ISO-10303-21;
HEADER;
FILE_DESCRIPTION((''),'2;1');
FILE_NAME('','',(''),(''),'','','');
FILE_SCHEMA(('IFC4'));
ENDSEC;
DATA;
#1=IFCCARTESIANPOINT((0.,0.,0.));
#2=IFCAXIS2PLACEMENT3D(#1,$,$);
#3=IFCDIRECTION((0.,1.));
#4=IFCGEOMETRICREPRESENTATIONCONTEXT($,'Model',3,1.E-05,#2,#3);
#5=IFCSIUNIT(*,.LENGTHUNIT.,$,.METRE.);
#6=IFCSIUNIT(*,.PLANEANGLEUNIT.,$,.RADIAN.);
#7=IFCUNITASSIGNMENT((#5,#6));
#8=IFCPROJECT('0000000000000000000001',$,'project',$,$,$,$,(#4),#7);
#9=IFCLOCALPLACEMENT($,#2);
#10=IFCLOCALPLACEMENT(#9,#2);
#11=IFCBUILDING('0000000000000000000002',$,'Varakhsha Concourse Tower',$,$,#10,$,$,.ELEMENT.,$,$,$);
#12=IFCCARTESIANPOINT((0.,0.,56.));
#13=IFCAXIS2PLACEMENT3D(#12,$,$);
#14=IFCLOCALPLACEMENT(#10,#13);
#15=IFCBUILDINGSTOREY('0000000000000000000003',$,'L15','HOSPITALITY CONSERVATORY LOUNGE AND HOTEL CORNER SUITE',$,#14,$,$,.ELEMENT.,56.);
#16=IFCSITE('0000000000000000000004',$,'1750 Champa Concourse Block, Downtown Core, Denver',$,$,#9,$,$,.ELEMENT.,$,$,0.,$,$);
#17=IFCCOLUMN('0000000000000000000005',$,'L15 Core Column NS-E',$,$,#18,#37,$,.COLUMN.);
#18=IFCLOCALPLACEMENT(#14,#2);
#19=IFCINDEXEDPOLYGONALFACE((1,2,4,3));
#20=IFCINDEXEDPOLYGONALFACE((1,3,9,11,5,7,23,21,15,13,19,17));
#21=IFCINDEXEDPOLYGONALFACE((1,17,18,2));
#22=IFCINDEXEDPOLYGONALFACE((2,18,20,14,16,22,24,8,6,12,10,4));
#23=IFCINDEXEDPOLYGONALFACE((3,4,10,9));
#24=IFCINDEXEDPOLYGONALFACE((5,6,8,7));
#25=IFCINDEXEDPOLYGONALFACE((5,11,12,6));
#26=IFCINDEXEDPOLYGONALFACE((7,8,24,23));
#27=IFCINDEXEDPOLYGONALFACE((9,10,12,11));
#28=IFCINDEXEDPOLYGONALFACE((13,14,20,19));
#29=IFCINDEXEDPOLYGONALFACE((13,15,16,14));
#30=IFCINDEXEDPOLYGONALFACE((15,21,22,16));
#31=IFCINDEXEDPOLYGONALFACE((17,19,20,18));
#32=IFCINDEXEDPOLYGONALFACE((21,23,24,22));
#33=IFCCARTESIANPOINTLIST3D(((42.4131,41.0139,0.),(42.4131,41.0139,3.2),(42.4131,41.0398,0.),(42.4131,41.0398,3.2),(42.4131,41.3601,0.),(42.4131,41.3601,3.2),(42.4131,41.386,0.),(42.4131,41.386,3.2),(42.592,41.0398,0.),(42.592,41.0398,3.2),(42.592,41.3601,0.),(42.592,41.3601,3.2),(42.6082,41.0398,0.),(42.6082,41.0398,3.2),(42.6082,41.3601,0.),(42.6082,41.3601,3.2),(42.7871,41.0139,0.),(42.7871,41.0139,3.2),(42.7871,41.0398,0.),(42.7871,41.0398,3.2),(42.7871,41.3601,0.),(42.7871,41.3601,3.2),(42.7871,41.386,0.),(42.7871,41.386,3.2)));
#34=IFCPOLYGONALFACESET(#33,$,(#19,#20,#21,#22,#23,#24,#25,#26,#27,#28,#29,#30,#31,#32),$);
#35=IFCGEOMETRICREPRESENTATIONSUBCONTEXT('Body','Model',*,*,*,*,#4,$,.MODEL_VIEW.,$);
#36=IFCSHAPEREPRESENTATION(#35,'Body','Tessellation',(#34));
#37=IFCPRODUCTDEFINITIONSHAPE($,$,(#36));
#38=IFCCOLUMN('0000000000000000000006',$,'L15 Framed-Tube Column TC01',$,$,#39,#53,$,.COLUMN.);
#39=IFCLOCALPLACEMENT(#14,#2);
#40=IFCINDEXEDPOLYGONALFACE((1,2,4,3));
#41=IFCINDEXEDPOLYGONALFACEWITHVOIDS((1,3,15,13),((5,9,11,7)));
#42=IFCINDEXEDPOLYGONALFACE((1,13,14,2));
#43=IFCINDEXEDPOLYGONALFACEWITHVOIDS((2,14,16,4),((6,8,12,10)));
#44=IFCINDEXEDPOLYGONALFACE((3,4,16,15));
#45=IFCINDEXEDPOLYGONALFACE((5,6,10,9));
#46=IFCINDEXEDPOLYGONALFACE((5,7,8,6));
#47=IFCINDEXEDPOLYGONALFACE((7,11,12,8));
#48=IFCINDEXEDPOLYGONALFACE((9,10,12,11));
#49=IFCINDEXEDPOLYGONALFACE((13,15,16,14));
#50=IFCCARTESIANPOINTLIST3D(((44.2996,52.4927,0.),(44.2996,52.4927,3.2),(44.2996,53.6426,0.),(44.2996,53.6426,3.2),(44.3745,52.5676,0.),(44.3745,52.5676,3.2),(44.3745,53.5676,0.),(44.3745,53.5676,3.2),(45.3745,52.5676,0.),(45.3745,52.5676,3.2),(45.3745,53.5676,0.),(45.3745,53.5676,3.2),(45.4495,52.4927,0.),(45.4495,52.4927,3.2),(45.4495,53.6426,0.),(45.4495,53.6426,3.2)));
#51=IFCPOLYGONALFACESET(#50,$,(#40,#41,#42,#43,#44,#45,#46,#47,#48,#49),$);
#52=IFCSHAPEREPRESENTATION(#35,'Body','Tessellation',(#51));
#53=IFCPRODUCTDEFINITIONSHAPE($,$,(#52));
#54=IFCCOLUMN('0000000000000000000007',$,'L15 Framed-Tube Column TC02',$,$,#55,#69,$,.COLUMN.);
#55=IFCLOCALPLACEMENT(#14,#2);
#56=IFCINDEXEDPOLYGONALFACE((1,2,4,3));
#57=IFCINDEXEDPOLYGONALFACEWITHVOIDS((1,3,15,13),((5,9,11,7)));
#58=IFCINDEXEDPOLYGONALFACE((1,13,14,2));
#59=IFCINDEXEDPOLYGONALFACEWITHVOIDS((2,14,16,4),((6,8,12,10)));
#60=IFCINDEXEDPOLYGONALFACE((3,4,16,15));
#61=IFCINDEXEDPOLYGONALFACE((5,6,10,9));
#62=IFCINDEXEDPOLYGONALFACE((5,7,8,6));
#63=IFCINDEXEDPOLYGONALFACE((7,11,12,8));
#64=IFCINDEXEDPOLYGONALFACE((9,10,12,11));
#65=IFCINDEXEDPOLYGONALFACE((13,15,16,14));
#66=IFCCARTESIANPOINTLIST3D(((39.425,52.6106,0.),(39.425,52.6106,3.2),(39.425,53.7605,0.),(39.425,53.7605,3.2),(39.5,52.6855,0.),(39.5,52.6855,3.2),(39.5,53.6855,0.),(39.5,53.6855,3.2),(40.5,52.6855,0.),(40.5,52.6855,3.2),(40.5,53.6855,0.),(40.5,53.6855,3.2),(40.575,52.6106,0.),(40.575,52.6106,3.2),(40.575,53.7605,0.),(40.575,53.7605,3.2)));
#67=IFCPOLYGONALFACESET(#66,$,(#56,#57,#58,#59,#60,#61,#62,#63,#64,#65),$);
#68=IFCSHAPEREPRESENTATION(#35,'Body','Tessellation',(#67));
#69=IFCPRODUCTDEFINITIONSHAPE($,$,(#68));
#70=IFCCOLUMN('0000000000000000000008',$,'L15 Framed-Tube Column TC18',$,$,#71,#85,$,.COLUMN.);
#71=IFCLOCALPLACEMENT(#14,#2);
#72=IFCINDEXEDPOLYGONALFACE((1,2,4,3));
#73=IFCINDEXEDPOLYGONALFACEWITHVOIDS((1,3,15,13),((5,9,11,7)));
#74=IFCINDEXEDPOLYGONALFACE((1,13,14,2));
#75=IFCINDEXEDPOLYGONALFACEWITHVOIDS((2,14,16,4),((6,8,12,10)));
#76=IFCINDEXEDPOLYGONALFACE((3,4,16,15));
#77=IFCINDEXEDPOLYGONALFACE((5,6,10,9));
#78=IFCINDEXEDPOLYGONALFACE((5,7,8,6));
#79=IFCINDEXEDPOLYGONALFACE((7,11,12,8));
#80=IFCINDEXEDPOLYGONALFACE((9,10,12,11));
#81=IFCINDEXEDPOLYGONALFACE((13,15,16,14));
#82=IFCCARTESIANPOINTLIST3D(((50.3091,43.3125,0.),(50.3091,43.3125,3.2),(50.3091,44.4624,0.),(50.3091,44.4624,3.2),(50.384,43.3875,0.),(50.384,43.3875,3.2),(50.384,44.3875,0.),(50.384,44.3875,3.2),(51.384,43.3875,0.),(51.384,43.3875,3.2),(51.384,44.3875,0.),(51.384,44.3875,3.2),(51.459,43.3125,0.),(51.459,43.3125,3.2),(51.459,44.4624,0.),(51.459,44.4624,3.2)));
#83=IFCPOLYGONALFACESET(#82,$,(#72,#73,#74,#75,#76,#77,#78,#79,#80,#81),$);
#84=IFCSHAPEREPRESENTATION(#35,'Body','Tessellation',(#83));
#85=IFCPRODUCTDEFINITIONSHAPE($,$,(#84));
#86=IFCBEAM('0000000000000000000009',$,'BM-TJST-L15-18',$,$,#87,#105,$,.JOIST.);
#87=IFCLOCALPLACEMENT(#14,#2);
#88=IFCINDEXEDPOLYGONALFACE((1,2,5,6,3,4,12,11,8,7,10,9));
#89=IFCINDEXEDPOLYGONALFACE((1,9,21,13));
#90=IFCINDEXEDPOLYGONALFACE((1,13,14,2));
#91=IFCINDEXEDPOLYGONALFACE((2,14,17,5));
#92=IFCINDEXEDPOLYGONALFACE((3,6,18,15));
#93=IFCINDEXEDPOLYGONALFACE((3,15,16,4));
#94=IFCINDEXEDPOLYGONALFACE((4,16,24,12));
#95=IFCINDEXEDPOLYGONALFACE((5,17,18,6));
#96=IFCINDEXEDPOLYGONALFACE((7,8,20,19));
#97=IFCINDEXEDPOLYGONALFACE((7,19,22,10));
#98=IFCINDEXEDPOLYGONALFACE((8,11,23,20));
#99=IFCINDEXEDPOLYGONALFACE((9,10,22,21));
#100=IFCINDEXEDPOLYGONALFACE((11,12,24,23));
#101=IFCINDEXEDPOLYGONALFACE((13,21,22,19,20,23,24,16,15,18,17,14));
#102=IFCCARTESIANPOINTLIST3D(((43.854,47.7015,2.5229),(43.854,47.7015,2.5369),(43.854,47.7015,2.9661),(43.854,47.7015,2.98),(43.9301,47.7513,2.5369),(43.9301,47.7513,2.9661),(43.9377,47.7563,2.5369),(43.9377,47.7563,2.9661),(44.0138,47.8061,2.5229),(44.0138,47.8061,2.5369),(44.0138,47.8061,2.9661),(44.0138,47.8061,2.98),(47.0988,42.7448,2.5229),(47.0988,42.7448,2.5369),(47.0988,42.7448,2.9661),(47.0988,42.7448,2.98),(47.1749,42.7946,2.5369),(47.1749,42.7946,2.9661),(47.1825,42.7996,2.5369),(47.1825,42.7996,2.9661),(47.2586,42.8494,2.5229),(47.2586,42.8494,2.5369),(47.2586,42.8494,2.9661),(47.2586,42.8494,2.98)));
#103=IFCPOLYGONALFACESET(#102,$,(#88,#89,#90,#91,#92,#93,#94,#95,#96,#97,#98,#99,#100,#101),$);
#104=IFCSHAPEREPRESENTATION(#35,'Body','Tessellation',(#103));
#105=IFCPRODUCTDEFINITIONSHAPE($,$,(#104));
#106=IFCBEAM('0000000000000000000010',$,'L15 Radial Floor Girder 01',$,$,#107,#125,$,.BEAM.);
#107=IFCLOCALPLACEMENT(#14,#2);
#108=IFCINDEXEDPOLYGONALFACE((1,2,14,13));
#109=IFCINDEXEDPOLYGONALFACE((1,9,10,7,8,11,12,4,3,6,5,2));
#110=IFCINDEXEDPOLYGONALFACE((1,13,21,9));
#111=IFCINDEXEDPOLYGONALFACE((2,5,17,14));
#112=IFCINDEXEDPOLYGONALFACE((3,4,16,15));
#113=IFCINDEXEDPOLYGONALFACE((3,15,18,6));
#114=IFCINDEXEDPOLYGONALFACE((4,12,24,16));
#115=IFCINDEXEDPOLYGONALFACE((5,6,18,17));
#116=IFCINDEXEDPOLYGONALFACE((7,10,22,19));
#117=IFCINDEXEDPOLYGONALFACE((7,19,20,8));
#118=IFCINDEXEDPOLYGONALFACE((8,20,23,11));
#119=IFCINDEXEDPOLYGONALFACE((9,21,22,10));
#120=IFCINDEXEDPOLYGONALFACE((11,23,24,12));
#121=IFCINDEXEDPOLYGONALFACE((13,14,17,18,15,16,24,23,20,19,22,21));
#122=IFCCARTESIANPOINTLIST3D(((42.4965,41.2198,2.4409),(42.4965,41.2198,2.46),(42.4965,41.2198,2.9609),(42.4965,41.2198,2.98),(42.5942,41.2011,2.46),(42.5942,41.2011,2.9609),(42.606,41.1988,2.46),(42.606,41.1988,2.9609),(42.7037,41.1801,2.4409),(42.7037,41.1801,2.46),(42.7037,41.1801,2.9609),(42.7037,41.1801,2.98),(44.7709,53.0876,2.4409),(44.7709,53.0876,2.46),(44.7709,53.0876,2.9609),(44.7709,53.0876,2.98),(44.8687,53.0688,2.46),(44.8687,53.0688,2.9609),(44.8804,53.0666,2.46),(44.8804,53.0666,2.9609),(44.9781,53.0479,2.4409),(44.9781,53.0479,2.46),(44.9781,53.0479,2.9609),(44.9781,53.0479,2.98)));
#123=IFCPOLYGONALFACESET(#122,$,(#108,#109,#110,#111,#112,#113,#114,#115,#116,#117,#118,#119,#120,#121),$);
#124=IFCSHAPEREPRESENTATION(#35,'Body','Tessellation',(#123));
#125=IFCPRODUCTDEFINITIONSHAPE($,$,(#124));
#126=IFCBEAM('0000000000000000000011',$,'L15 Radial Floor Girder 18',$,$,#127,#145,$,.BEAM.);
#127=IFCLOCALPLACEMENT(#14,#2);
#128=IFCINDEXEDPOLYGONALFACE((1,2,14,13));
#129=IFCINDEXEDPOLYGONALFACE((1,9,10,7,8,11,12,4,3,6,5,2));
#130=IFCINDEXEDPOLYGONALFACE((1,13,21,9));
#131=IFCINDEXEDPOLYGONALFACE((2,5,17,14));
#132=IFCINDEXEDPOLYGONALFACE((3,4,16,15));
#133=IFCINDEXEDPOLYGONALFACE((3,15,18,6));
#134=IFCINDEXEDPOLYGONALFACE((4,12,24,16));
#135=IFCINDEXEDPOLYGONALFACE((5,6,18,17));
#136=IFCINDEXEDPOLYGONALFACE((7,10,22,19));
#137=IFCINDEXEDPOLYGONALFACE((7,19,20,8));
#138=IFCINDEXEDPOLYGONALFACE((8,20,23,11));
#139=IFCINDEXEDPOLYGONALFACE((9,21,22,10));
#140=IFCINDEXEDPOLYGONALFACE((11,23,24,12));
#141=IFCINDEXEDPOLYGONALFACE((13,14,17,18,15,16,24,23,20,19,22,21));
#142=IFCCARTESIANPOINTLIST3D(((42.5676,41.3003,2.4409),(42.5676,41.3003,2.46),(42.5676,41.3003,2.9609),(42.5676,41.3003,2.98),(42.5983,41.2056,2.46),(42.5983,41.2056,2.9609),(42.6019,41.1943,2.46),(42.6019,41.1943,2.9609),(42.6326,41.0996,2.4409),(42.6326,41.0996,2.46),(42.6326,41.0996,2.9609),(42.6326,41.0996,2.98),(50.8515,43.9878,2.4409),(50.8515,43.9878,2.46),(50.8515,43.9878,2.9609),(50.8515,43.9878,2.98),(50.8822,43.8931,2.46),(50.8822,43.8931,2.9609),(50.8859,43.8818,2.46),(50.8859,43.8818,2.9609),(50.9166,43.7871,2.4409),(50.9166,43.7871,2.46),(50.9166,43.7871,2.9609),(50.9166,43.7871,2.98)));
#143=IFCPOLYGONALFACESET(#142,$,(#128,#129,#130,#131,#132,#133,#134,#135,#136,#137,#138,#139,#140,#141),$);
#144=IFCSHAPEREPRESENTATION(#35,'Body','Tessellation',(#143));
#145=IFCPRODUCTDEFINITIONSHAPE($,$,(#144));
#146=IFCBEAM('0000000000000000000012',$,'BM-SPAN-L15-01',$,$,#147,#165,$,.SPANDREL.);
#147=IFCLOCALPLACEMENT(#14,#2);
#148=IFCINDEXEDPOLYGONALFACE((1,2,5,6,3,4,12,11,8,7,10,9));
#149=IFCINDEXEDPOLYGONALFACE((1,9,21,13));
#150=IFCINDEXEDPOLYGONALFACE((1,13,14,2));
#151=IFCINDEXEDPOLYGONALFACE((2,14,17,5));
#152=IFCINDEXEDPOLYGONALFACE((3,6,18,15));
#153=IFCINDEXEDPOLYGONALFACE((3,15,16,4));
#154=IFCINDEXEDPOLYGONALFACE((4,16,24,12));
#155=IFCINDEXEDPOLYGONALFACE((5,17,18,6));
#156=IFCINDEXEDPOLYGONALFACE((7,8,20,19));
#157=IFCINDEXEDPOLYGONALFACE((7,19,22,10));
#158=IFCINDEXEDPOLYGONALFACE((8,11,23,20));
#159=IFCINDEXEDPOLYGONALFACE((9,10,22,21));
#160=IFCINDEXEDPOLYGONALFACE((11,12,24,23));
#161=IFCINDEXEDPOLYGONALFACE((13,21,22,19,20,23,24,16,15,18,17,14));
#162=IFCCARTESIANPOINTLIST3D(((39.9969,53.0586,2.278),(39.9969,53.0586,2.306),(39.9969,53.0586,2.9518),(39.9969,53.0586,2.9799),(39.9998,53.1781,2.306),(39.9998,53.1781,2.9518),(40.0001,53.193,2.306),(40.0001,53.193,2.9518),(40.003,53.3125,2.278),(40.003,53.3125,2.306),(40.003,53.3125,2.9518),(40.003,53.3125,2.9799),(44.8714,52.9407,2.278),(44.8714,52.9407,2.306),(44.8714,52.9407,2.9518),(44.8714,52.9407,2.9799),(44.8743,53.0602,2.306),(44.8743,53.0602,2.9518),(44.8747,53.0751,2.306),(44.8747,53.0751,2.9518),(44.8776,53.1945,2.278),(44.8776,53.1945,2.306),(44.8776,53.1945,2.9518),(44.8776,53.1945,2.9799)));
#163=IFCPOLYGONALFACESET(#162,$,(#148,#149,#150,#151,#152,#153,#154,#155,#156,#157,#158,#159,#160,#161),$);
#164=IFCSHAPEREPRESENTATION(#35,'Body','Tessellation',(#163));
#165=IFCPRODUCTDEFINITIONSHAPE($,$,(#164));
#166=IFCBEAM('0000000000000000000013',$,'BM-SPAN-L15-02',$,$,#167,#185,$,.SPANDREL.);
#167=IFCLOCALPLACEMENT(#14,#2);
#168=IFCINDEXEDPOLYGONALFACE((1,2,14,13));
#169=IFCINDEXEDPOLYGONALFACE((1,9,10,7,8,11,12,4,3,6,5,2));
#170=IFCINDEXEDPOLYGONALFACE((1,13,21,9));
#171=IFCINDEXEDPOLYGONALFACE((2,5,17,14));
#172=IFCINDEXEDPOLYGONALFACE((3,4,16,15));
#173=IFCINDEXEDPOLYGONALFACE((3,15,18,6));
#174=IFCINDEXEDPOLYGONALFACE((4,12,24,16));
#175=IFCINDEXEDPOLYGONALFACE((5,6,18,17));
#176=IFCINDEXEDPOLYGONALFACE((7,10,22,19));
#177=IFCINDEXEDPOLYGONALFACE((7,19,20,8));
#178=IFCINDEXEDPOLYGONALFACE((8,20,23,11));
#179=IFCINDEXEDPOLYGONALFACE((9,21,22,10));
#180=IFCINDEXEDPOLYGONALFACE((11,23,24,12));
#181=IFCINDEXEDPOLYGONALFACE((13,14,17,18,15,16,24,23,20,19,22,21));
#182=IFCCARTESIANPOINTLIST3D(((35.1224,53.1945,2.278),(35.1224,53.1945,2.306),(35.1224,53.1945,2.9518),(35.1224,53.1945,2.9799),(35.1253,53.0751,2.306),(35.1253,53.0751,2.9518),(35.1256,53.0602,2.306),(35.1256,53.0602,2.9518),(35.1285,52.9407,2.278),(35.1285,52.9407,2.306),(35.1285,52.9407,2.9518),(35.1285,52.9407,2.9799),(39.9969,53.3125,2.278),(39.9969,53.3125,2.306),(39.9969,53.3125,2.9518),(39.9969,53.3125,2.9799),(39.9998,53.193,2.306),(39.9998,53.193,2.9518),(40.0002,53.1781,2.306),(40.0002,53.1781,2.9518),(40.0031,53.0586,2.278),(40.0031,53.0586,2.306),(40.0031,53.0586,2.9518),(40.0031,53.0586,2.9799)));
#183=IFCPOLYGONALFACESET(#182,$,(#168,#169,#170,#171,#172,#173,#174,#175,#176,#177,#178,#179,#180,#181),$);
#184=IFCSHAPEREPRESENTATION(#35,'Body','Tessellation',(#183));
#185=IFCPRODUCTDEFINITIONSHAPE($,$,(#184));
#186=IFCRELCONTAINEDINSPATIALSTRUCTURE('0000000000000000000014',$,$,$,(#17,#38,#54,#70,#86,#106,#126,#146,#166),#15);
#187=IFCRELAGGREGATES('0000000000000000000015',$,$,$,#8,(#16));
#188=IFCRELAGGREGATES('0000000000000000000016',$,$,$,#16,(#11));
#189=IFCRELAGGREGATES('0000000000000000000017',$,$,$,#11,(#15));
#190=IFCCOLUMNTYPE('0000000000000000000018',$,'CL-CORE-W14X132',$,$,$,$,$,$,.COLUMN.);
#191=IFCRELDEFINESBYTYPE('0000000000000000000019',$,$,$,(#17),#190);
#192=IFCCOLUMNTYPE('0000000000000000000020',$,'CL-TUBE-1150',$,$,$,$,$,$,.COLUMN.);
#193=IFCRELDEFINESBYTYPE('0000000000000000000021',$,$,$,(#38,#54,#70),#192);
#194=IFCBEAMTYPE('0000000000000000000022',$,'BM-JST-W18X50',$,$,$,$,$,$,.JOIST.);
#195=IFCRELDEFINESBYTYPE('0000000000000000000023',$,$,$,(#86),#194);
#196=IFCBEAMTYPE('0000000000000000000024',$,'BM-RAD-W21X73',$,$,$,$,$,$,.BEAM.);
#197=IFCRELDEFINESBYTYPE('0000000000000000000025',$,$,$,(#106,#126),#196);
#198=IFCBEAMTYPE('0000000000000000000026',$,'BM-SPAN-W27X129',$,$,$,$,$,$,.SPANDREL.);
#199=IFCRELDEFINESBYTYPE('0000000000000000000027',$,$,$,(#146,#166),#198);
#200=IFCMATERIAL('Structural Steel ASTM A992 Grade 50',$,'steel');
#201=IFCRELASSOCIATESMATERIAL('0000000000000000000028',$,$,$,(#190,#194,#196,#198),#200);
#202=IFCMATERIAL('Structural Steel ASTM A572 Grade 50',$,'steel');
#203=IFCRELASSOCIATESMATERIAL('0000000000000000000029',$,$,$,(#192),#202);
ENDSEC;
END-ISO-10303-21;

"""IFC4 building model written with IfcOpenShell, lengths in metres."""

from ifc_helpers import new_model, si_unit, direction, frame, origin, origin_2d, place, context, subcontext, project, spatial, hollow_rectangle, i_section, extrude, material, material_profile, profile_set, type_object, element, save


model = new_model("IFC4")

# Units and contexts
model_context = context("Model", 3, precision=1e-05, world=origin(), true_north=direction((0.0, 1.0)))
body_context = subcontext(model_context, "Body", "Model", "MODEL_VIEW")
ifc_project = project(units=[si_unit("LENGTHUNIT", "METRE"), si_unit("PLANEANGLEUNIT", "RADIAN")], contexts=[model_context])

# Site, building, storey
site_placement = place(None, origin())
site = spatial("IfcSite", under=ifc_project, at=site_placement, Name="1750 Champa Concourse Block, Downtown Core, Denver", CompositionType="ELEMENT", RefElevation=0.0)
building_placement = place(site_placement, origin())
building = spatial("IfcBuilding", under=site, at=building_placement, Name="Varakhsha Concourse Tower", CompositionType="ELEMENT")
storey_placement = place(building_placement, frame((0.0, 0.0, 56.0)))
storey = spatial("IfcBuildingStorey", under=building, at=storey_placement, Name="L15", Description="HOSPITALITY CONSERVATORY LOUNGE AND HOTEL CORNER SUITE", CompositionType="ELEMENT", Elevation=56.0)

# Columns
ifc_material_1 = material(Name="Structural Steel ASTM A992 Grade 50", Category="steel")
ifc_material_profile_1 = material_profile(ifc_material_1, i_section(OverallWidth=0.374, OverallDepth=0.3721, WebThickness=0.0161, FlangeThickness=0.0259, at=origin_2d()), Name="W14X132")
ifc_profile_set_1 = profile_set([ifc_material_profile_1], Name="Structural Steel ASTM A992 Grade 50")
column_type_1 = type_object("IfcColumnType", Name="CL-CORE-W14X132", PredefinedType="COLUMN", material=ifc_profile_set_1)
column_placement = place(storey_placement, frame((42.6001, 41.2, 0.0), z_axis=(0.0, 0.0, 1.0), x_axis=(1.0, 0.0, 0.0)))
element("IfcColumn", 1, at=column_placement, inside=storey, type_object=column_type_1, Name="L15 Core Column NS-E", PredefinedType="COLUMN", context=body_context, shape_type="SweptSolid", body=[
    extrude(i_section(OverallWidth=0.374, OverallDepth=0.3721, WebThickness=0.0161, FlangeThickness=0.0259, at=origin_2d()), origin(), (0.0, 0.0, 1.0), 3.2),
])
ifc_material_2 = material(Name="Structural Steel ASTM A572 Grade 50", Category="steel")
ifc_material_profile_2 = material_profile(ifc_material_2, hollow_rectangle(XDim=1.1499, YDim=1.1499, WallThickness=0.075, at=origin_2d()), Name="BOX 1150x1150x75")
ifc_profile_set_2 = profile_set([ifc_material_profile_2], Name="Structural Steel ASTM A572 Grade 50")
column_type_2 = type_object("IfcColumnType", Name="CL-TUBE-1150", PredefinedType="COLUMN", material=ifc_profile_set_2)
for number, where, z_axis, x_axis, name in (
    (2, (44.8745, 53.0676, 0.0), (0.0, 0.0, 1.0), (1.0, 0.0, 0.0), "L15 Framed-Tube Column TC01"),
    (3, (40.0, 53.1855, 0.0), (0.0, 0.0, 1.0), (1.0, 0.0, 0.0), "L15 Framed-Tube Column TC02"),
    (4, (50.884, 43.8875, 0.0), (0.0, 0.0, 1.0), (1.0, 0.0, 0.0), "L15 Framed-Tube Column TC18"),
):
    element("IfcColumn", number, at=place(storey_placement, frame(where, z_axis=z_axis, x_axis=x_axis)), inside=storey, type_object=column_type_2, Name=name, PredefinedType="COLUMN", context=body_context, shape_type="SweptSolid", body=[
        extrude(hollow_rectangle(XDim=1.1499, YDim=1.1499, WallThickness=0.075, at=origin_2d()), origin(), (0.0, 0.0, 1.0), 3.2),
    ])

# Beams
ifc_material_profile_3 = material_profile(ifc_material_1, i_section(OverallWidth=0.1909, OverallDepth=0.457, WebThickness=0.009, FlangeThickness=0.0139, at=origin_2d()), Name="W18X50")
ifc_profile_set_3 = profile_set([ifc_material_profile_3], Name="Structural Steel ASTM A992 Grade 50")
beam_type_1 = type_object("IfcBeamType", Name="BM-JST-W18X50", PredefinedType="JOIST", material=ifc_profile_set_3)
beam_1_placement = place(storey_placement, frame((47.1787, 42.7971, 2.7515), z_axis=(-0.54771, 0.836668, 0.0), x_axis=(-0.836668, -0.54771, 0.0)))
element("IfcBeam", 5, at=beam_1_placement, inside=storey, type_object=beam_type_1, Name="BM-TJST-L15-18", PredefinedType="JOIST", context=body_context, shape_type="SweptSolid", body=[
    extrude(i_section(OverallWidth=0.1909, OverallDepth=0.457, WebThickness=0.009, FlangeThickness=0.0139, at=origin_2d()), origin(), (0.0, 0.0, 1.0), 5.9243),
])
ifc_material_profile_4 = material_profile(ifc_material_1, i_section(OverallWidth=0.2109, OverallDepth=0.5391, WebThickness=0.012, FlangeThickness=0.019, at=origin_2d()), Name="W21X73")
ifc_profile_set_4 = profile_set([ifc_material_profile_4], Name="Structural Steel ASTM A992 Grade 50")
beam_type_2 = type_object("IfcBeamType", Name="BM-RAD-W21X73", PredefinedType="BEAM", material=ifc_profile_set_4)
beam_2_placement = place(storey_placement, frame((42.6001, 41.2, 2.7104), z_axis=(0.188222, 0.982126, 0.0), x_axis=(-0.982126, 0.188222, 0.0)))
element("IfcBeam", 6, at=beam_2_placement, inside=storey, type_object=beam_type_2, Name="L15 Radial Floor Girder 01", PredefinedType="BEAM", context=body_context, shape_type="SweptSolid", body=[
    extrude(i_section(OverallWidth=0.2109, OverallDepth=0.5391, WebThickness=0.012, FlangeThickness=0.019, at=origin_2d()), origin(), (0.0, 0.0, 1.0), 12.0837),
])
beam_3_placement = place(storey_placement, frame((42.6001, 41.2, 2.7104), z_axis=(0.951195, 0.30859, 0.0), x_axis=(-0.30859, 0.951195, 0.0)))
element("IfcBeam", 7, at=beam_3_placement, inside=storey, type_object=beam_type_2, Name="L15 Radial Floor Girder 18", PredefinedType="BEAM", context=body_context, shape_type="SweptSolid", body=[
    extrude(i_section(OverallWidth=0.2109, OverallDepth=0.5391, WebThickness=0.012, FlangeThickness=0.019, at=origin_2d()), origin(), (0.0, 0.0, 1.0), 8.709),
])
ifc_material_profile_5 = material_profile(ifc_material_1, i_section(OverallWidth=0.2539, OverallDepth=0.7019, WebThickness=0.0149, FlangeThickness=0.0281, at=origin_2d()), Name="W27X129")
ifc_profile_set_5 = profile_set([ifc_material_profile_5], Name="Structural Steel ASTM A992 Grade 50")
beam_type_3 = type_object("IfcBeamType", Name="BM-SPAN-W27X129", PredefinedType="SPANDREL", material=ifc_profile_set_5)
for number, where, z_axis, x_axis, name in (
    (8, (44.8745, 53.0676, 2.6289), (-0.999708, 0.024184, 0.0), (-0.024184, -0.999708, 0.0), "BM-SPAN-L15-01"),
    (9, (40.0, 53.1855, 2.6289), (-0.999708, -0.024184, 0.0), (0.024184, -0.999708, 0.0), "BM-SPAN-L15-02"),
):
    element("IfcBeam", number, at=place(storey_placement, frame(where, z_axis=z_axis, x_axis=x_axis)), inside=storey, type_object=beam_type_3, Name=name, PredefinedType="SPANDREL", context=body_context, shape_type="SweptSolid", body=[
        extrude(i_section(OverallWidth=0.2539, OverallDepth=0.7019, WebThickness=0.0149, FlangeThickness=0.0281, at=origin_2d()), origin(), (0.0, 0.0, 1.0), 4.876),
    ])

save(model, "model.ifc")
